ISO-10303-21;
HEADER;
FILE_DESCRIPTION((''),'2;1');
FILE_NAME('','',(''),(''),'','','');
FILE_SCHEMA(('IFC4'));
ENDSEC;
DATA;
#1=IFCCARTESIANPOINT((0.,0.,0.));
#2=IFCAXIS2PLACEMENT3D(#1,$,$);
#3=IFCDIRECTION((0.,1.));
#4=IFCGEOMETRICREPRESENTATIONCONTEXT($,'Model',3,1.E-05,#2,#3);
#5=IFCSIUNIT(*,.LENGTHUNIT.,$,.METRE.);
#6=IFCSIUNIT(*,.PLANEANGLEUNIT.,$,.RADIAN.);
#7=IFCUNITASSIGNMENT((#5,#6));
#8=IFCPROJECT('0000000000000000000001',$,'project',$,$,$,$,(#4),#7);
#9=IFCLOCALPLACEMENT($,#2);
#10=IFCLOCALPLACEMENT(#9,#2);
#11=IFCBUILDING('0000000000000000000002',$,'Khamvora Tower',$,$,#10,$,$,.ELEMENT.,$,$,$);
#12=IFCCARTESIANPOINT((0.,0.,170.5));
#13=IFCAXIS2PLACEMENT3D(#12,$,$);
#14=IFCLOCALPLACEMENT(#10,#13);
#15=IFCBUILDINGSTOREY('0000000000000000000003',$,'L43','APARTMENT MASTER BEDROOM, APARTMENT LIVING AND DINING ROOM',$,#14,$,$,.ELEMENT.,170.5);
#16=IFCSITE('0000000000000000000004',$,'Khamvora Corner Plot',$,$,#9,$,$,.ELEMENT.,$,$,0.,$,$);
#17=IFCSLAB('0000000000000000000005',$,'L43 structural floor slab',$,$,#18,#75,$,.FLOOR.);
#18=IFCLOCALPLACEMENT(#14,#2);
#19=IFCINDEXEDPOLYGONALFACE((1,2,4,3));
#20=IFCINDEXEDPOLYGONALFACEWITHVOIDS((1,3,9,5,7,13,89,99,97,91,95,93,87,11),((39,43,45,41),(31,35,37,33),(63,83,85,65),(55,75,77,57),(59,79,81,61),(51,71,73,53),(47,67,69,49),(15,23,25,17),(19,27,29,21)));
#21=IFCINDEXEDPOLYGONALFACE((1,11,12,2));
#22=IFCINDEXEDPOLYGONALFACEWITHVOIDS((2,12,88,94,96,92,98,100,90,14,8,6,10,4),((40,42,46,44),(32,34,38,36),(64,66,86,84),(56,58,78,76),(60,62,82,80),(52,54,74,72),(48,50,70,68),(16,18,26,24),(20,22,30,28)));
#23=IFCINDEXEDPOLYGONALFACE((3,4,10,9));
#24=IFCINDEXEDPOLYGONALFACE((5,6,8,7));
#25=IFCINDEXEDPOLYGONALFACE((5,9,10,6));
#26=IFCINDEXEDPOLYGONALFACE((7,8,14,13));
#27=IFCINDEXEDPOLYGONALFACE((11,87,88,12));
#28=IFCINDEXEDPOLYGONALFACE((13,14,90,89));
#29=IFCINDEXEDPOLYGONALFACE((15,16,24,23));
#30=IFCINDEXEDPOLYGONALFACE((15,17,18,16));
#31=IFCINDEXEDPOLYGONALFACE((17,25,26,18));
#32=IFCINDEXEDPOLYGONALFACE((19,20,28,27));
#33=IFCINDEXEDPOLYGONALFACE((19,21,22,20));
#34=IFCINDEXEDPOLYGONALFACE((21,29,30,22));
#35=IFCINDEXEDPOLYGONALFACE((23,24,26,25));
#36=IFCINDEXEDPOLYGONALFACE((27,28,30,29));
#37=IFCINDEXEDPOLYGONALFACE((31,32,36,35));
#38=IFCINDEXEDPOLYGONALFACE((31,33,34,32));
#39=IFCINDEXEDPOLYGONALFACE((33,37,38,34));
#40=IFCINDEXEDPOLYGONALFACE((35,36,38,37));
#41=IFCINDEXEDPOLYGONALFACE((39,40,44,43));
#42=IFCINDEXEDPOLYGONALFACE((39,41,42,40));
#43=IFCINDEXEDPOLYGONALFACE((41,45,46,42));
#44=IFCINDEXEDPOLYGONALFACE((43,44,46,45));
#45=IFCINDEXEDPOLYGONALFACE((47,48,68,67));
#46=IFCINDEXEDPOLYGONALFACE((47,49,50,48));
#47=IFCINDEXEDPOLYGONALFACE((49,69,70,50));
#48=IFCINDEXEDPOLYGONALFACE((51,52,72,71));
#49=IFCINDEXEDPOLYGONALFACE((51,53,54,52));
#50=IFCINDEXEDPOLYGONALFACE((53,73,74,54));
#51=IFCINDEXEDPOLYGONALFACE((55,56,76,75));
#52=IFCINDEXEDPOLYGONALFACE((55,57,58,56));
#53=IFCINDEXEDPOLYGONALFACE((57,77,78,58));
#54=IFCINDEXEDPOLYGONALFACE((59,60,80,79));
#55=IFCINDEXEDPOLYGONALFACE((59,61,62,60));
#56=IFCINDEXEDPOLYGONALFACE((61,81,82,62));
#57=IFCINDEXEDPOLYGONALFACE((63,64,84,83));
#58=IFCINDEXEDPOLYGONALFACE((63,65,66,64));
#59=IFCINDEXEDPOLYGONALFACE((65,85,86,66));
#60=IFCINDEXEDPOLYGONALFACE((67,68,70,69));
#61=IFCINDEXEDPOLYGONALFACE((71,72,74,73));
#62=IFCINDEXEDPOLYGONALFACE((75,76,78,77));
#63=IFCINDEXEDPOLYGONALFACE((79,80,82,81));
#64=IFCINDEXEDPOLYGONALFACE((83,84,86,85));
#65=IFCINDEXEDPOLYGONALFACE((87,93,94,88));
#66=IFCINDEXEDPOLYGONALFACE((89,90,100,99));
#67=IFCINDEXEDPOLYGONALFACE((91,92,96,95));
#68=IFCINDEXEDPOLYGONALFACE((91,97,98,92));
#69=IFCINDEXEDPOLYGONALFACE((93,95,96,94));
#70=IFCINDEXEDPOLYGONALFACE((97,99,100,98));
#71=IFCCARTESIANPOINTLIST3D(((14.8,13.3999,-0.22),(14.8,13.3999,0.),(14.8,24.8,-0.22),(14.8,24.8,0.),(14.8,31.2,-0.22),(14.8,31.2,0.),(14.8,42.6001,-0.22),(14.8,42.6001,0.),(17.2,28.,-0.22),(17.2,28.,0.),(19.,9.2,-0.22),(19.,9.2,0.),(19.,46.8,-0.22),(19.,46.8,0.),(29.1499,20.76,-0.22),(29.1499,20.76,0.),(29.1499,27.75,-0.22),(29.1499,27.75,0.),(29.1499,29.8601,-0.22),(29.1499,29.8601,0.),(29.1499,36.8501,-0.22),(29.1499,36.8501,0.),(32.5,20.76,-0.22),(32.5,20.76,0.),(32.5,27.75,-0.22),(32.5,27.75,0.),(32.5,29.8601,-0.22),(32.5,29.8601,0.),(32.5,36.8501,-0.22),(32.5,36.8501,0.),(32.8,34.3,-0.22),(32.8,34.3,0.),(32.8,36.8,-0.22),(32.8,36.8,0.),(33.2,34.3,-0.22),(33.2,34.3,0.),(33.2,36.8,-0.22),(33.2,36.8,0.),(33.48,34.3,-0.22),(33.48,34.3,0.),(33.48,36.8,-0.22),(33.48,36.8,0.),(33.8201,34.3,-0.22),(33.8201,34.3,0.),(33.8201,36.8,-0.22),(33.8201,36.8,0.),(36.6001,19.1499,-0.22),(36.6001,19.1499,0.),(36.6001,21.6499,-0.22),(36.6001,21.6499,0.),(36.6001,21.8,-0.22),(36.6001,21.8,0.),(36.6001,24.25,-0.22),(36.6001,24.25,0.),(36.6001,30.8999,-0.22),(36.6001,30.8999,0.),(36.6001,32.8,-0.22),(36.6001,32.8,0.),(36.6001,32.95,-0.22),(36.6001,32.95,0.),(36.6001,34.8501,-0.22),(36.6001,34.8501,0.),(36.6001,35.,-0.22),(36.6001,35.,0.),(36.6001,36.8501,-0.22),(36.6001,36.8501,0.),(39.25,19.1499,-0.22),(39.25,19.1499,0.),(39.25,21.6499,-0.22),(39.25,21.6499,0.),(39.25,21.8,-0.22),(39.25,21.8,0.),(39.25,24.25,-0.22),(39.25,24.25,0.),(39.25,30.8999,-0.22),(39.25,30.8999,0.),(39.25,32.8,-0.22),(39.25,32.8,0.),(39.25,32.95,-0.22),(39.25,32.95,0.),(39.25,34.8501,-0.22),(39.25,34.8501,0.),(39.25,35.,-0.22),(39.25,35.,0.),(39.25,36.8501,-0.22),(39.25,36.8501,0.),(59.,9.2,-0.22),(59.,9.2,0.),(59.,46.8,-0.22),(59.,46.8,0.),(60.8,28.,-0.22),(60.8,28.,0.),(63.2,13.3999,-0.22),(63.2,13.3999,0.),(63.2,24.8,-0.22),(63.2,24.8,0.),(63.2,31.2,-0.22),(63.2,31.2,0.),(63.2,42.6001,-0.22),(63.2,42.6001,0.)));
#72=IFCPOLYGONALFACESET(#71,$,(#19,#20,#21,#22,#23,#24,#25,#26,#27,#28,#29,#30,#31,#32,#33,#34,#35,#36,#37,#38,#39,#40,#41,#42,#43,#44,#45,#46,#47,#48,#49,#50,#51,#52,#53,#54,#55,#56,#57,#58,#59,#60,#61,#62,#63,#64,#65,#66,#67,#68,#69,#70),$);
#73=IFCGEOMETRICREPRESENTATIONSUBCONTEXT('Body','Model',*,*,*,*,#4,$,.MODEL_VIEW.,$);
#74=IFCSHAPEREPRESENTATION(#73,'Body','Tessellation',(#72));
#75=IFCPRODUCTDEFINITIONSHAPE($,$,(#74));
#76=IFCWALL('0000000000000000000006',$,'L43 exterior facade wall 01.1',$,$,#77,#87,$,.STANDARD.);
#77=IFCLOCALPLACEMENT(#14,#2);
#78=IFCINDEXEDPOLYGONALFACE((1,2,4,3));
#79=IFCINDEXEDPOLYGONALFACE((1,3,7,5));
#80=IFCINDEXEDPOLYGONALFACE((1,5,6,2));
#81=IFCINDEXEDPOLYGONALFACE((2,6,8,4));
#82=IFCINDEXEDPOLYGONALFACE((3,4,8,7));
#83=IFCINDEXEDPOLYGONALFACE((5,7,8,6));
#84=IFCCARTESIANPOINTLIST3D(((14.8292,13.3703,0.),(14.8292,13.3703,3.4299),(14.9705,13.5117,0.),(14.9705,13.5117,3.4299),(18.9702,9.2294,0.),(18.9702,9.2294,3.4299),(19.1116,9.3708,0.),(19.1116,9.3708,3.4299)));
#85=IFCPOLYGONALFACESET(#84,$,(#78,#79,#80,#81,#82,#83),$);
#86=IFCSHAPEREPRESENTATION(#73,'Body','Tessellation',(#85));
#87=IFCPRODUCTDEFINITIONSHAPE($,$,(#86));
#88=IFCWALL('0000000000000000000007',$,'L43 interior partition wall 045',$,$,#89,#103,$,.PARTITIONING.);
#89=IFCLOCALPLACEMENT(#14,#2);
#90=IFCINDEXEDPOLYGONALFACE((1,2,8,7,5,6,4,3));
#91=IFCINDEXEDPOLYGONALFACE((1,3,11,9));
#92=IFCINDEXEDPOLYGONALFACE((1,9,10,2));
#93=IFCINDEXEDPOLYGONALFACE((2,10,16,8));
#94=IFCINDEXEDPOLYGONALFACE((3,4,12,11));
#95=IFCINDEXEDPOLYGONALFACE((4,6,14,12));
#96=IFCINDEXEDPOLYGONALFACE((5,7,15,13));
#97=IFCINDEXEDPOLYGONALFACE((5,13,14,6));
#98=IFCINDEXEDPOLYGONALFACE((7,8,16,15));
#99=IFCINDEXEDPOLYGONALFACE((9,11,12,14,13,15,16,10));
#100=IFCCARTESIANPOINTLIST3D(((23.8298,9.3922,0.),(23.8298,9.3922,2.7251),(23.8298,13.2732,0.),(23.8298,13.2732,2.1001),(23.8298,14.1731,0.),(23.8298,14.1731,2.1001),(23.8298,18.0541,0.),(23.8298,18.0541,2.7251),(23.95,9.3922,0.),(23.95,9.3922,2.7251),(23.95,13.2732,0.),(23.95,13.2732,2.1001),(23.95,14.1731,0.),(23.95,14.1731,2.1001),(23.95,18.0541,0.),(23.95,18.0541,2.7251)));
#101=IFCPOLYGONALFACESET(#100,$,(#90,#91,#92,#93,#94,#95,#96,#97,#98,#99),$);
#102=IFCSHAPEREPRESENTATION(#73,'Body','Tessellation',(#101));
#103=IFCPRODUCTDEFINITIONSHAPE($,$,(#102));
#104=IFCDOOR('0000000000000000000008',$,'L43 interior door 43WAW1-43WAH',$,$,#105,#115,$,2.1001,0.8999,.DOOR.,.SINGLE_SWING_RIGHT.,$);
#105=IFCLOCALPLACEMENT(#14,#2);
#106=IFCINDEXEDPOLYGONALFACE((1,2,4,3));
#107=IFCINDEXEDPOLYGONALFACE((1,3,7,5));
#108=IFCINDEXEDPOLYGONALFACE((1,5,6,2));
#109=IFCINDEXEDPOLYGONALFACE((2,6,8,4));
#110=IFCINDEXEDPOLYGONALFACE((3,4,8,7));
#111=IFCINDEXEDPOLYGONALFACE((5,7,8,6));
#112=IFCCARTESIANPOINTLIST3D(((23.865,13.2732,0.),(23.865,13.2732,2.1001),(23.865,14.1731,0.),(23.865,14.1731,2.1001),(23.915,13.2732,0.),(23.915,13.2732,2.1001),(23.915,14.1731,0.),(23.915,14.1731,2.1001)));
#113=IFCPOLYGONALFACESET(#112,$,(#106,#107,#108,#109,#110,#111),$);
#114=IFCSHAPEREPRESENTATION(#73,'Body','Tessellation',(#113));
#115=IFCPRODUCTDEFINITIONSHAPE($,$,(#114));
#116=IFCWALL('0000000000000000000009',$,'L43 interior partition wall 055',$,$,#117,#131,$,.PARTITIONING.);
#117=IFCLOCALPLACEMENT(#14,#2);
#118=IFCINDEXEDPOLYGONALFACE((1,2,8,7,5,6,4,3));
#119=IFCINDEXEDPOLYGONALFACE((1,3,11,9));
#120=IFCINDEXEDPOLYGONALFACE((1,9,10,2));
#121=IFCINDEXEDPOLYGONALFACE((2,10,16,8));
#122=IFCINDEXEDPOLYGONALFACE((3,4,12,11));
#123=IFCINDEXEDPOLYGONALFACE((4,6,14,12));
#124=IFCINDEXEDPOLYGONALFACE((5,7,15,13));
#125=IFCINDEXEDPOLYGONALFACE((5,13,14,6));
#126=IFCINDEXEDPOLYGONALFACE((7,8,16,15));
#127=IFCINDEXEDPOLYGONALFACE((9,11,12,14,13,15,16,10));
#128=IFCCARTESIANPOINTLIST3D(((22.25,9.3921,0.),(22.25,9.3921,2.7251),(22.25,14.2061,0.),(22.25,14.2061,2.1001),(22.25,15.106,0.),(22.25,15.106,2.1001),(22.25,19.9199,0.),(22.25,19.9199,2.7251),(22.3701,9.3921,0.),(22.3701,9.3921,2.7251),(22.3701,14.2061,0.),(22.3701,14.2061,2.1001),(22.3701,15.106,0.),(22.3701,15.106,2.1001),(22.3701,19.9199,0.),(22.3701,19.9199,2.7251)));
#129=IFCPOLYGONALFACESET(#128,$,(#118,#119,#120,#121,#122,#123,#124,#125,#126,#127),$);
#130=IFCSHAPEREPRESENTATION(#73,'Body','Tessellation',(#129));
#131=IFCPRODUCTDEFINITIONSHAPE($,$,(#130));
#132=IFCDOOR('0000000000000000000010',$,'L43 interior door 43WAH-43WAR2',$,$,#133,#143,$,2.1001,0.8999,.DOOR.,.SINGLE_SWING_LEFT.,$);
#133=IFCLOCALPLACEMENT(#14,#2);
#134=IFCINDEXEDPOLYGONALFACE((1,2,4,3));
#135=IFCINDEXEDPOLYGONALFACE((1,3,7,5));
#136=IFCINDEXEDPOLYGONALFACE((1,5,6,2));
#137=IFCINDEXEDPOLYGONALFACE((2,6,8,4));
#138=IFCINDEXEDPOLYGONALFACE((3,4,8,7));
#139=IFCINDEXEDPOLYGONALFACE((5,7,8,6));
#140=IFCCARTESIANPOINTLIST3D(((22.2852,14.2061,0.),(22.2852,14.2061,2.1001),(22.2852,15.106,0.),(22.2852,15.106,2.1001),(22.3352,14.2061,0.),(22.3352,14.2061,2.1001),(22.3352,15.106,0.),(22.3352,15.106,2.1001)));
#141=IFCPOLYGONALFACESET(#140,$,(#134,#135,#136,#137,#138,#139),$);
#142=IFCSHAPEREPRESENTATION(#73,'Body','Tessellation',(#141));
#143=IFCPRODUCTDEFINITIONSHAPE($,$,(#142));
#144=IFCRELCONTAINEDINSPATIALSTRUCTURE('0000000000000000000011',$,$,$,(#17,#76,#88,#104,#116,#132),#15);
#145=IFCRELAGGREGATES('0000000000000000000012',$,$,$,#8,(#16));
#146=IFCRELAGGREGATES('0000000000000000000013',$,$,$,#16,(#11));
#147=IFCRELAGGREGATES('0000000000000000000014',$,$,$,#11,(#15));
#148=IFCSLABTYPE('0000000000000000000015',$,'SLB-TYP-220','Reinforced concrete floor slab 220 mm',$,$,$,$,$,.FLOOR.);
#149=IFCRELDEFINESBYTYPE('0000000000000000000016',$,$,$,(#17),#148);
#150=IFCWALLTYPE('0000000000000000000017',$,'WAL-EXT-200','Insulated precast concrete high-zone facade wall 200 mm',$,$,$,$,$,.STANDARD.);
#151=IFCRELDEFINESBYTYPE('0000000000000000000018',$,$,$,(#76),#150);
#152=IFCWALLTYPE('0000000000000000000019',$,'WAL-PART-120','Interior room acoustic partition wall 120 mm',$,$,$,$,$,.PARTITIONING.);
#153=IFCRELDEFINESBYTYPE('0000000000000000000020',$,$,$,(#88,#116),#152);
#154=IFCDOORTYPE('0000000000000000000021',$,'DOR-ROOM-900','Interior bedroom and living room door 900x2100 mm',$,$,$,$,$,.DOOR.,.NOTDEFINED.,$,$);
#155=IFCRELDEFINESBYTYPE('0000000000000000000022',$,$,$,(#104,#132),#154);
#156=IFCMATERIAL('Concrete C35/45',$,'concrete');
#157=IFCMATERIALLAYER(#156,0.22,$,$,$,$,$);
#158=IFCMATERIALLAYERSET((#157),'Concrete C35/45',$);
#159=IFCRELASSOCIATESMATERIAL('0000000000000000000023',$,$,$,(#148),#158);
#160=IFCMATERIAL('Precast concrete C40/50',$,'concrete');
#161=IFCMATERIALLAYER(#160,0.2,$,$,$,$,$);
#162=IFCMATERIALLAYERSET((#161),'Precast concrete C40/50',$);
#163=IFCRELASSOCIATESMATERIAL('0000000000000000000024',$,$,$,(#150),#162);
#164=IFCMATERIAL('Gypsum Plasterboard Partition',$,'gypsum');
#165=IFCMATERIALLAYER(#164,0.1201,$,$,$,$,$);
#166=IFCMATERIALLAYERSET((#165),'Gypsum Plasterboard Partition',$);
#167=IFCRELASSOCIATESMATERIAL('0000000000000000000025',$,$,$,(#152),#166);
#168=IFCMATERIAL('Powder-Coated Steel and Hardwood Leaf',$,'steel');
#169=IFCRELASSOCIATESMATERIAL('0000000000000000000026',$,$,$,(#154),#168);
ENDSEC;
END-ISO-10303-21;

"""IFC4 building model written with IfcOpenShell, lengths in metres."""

from ifc_helpers import new_model, si_unit, direction, frame, frame_2d, origin, place, context, subcontext, project, spatial, polyline, rectangle, outline, extrude, material, layer, layer_set, type_object, element, fill, save


model = new_model("IFC4")

# Units and contexts
model_context = context("Model", 3, precision=1e-05, world=origin(), true_north=direction((0.0, 1.0)))
body_context = subcontext(model_context, "Body", "Model", "MODEL_VIEW")
ifc_project = project(units=[si_unit("LENGTHUNIT", "METRE"), si_unit("PLANEANGLEUNIT", "RADIAN")], contexts=[model_context])

# Site, building, storey
site_placement = place(None, origin())
site = spatial("IfcSite", under=ifc_project, at=site_placement, Name="Khamvora Corner Plot", CompositionType="ELEMENT", RefElevation=0.0)
building_placement = place(site_placement, origin())
building = spatial("IfcBuilding", under=site, at=building_placement, Name="Khamvora Tower", CompositionType="ELEMENT")
storey_placement = place(building_placement, frame((0.0, 0.0, 170.5)))
storey = spatial("IfcBuildingStorey", under=building, at=storey_placement, Name="L43", Description="APARTMENT MASTER BEDROOM, APARTMENT LIVING AND DINING ROOM", CompositionType="ELEMENT", Elevation=170.5)

# Slab
ifc_material_1 = material(Name="Concrete C35/45", Category="concrete")
ifc_layer_1 = layer(ifc_material_1, 0.22)
ifc_layer_set_1 = layer_set([ifc_layer_1], Name="Concrete C35/45")
slab_type_1 = type_object("IfcSlabType", Name="SLB-TYP-220", Description="Reinforced concrete floor slab 220 mm", PredefinedType="FLOOR", material=ifc_layer_set_1)
slab_1_placement = place(storey_placement, frame((0.0, 0.0, -0.22)))
element("IfcSlab", 1, at=slab_1_placement, inside=storey, type_object=slab_type_1, Name="L43 structural floor slab", PredefinedType="FLOOR", context=body_context, shape_type="SweptSolid", body=[
    extrude(outline(polyline([(19.0, 9.2), (59.0, 9.2), (63.2, 13.3999), (63.2, 24.8), (60.8, 28.0), (63.2, 31.2), (63.2, 42.6001), (59.0, 46.8), (19.0, 46.8), (14.8, 42.6001), (14.8, 31.2), (17.2, 28.0), (14.8, 24.8), (14.8, 13.3999), (19.0, 9.2)]), holes=[polyline([(32.5, 20.76), (32.5, 27.75), (29.1499, 27.75), (29.1499, 20.76), (32.5, 20.76)]), polyline([(32.5, 29.8601), (32.5, 36.8501), (29.1499, 36.8501), (29.1499, 29.8601), (32.5, 29.8601)]), polyline([(36.6001, 19.1499), (39.25, 19.1499), (39.25, 21.6499), (36.6001, 21.6499), (36.6001, 19.1499)]), polyline([(36.6001, 21.8), (39.25, 21.8), (39.25, 24.25), (36.6001, 24.25), (36.6001, 21.8)]), polyline([(36.6001, 30.8999), (39.25, 30.8999), (39.25, 32.8), (36.6001, 32.8), (36.6001, 30.8999)]), polyline([(36.6001, 32.95), (39.25, 32.95), (39.25, 34.8501), (36.6001, 34.8501), (36.6001, 32.95)]), polyline([(36.6001, 35.0), (39.25, 35.0), (39.25, 36.8501), (36.6001, 36.8501), (36.6001, 35.0)]), polyline([(32.8, 34.3), (33.2, 34.3), (33.2, 36.8), (32.8, 36.8), (32.8, 34.3)]), polyline([(33.48, 34.3), (33.8201, 34.3), (33.8201, 36.8), (33.48, 36.8), (33.48, 34.3)])]), origin(), (0.0, 0.0, 1.0), 0.22),
])

# Wall
ifc_material_2 = material(Name="Precast concrete C40/50", Category="concrete")
ifc_layer_2 = layer(ifc_material_2, 0.2)
ifc_layer_set_2 = layer_set([ifc_layer_2], Name="Precast concrete C40/50")
wall_type_1 = type_object("IfcWallType", Name="WAL-EXT-200", Description="Insulated precast concrete high-zone facade wall 200 mm", PredefinedType="STANDARD", material=ifc_layer_set_2)
wall_1_placement = place(storey_placement, frame((19.041, 9.3, 0.0), z_axis=(0.0, 0.0, 1.0), x_axis=(-0.707128, 0.707086, 0.0)))
element("IfcWall", 2, at=wall_1_placement, inside=storey, type_object=wall_type_1, Name="L43 exterior facade wall 01.1", PredefinedType="STANDARD", context=body_context, shape_type="SweptSolid", body=[
    extrude(rectangle(XDim=5.8562, YDim=0.2, at=frame_2d((2.9282, 0.0))), origin(), (0.0, 0.0, 1.0), 3.4299),
])

# Walls, openings, doors
ifc_material_3 = material(Name="Gypsum Plasterboard Partition", Category="gypsum")
ifc_layer_3 = layer(ifc_material_3, 0.1201)
ifc_layer_set_3 = layer_set([ifc_layer_3], Name="Gypsum Plasterboard Partition")
wall_type_2 = type_object("IfcWallType", Name="WAL-PART-120", Description="Interior room acoustic partition wall 120 mm", PredefinedType="PARTITIONING", material=ifc_layer_set_3)
wall_2_placement = place(storey_placement, frame((23.8899, 9.3921, 0.0), z_axis=(0.0, 0.0, 1.0), x_axis=(0.0, 1.0, 0.0)))
wall_2 = element("IfcWall", 3, at=wall_2_placement, inside=storey, type_object=wall_type_2, Name="L43 interior partition wall 045", PredefinedType="PARTITIONING", context=body_context, shape_type="SweptSolid", body=[
    extrude(rectangle(XDim=8.6619, YDim=0.1201, at=frame_2d((4.3311, 0.0))), origin(), (0.0, 0.0, 1.0), 2.7251),
])
opening_1_placement = place(wall_2_placement, frame((3.8811, 0.0, 0.0)))
opening_1 = element("IfcOpeningElement", 4, at=opening_1_placement, cuts=wall_2, PredefinedType="OPENING", context=body_context, shape_type="SweptSolid", body=[
    extrude(rectangle(XDim=0.8999, YDim=2.1001, at=frame_2d((0.45, 1.05))), frame((0.0, 0.0701, 0.0), z_axis=(0.0, -1.0, 0.0), x_axis=(1.0, 0.0, 0.0)), (0.0, 0.0, 1.0), 0.1401),
])
ifc_material_4 = material(Name="Powder-Coated Steel and Hardwood Leaf", Category="steel")
door_type = type_object("IfcDoorType", Name="DOR-ROOM-900", Description="Interior bedroom and living room door 900x2100 mm", OperationType="NOTDEFINED", PredefinedType="DOOR", material=ifc_material_4)
door_1_placement = place(opening_1_placement, origin())
door_1 = element("IfcDoor", 5, at=door_1_placement, inside=storey, type_object=door_type, Name="L43 interior door 43WAW1-43WAH", OperationType="SINGLE_SWING_RIGHT", OverallHeight=2.1001, OverallWidth=0.8999, PredefinedType="DOOR", context=body_context, shape_type="SweptSolid", body=[
    extrude(rectangle(XDim=0.8999, YDim=2.1001, at=frame_2d((0.45, 1.05))), frame((0.0, 0.0249, 0.0), z_axis=(0.0, -1.0, 0.0), x_axis=(1.0, 0.0, 0.0)), (0.0, 0.0, 1.0), 0.05),
])
fill(opening_1, door_1)
wall_3_placement = place(storey_placement, frame((22.3101, 9.3921, 0.0), z_axis=(0.0, 0.0, 1.0), x_axis=(0.0, 1.0, 0.0)))
wall_3 = element("IfcWall", 6, at=wall_3_placement, inside=storey, type_object=wall_type_2, Name="L43 interior partition wall 055", PredefinedType="PARTITIONING", context=body_context, shape_type="SweptSolid", body=[
    extrude(rectangle(XDim=10.5278, YDim=0.1201, at=frame_2d((5.2639, 0.0))), origin(), (0.0, 0.0, 1.0), 2.7251),
])
opening_2_placement = place(wall_3_placement, frame((4.814, 0.0, 0.0)))
opening_2 = element("IfcOpeningElement", 7, at=opening_2_placement, cuts=wall_3, PredefinedType="OPENING", context=body_context, shape_type="SweptSolid", body=[
    extrude(rectangle(XDim=0.8999, YDim=2.1001, at=frame_2d((0.45, 1.05))), frame((0.0, 0.0701, 0.0), z_axis=(0.0, -1.0, 0.0), x_axis=(1.0, 0.0, 0.0)), (0.0, 0.0, 1.0), 0.1401),
])
door_2_placement = place(opening_2_placement, origin())
door_2 = element("IfcDoor", 8, at=door_2_placement, inside=storey, type_object=door_type, Name="L43 interior door 43WAH-43WAR2", OperationType="SINGLE_SWING_LEFT", OverallHeight=2.1001, OverallWidth=0.8999, PredefinedType="DOOR", context=body_context, shape_type="SweptSolid", body=[
    extrude(rectangle(XDim=0.8999, YDim=2.1001, at=frame_2d((0.45, 1.05))), frame((0.0, 0.0249, 0.0), z_axis=(0.0, -1.0, 0.0), x_axis=(1.0, 0.0, 0.0)), (0.0, 0.0, 1.0), 0.05),
])
fill(opening_2, door_2)

save(model, "model.ifc")
